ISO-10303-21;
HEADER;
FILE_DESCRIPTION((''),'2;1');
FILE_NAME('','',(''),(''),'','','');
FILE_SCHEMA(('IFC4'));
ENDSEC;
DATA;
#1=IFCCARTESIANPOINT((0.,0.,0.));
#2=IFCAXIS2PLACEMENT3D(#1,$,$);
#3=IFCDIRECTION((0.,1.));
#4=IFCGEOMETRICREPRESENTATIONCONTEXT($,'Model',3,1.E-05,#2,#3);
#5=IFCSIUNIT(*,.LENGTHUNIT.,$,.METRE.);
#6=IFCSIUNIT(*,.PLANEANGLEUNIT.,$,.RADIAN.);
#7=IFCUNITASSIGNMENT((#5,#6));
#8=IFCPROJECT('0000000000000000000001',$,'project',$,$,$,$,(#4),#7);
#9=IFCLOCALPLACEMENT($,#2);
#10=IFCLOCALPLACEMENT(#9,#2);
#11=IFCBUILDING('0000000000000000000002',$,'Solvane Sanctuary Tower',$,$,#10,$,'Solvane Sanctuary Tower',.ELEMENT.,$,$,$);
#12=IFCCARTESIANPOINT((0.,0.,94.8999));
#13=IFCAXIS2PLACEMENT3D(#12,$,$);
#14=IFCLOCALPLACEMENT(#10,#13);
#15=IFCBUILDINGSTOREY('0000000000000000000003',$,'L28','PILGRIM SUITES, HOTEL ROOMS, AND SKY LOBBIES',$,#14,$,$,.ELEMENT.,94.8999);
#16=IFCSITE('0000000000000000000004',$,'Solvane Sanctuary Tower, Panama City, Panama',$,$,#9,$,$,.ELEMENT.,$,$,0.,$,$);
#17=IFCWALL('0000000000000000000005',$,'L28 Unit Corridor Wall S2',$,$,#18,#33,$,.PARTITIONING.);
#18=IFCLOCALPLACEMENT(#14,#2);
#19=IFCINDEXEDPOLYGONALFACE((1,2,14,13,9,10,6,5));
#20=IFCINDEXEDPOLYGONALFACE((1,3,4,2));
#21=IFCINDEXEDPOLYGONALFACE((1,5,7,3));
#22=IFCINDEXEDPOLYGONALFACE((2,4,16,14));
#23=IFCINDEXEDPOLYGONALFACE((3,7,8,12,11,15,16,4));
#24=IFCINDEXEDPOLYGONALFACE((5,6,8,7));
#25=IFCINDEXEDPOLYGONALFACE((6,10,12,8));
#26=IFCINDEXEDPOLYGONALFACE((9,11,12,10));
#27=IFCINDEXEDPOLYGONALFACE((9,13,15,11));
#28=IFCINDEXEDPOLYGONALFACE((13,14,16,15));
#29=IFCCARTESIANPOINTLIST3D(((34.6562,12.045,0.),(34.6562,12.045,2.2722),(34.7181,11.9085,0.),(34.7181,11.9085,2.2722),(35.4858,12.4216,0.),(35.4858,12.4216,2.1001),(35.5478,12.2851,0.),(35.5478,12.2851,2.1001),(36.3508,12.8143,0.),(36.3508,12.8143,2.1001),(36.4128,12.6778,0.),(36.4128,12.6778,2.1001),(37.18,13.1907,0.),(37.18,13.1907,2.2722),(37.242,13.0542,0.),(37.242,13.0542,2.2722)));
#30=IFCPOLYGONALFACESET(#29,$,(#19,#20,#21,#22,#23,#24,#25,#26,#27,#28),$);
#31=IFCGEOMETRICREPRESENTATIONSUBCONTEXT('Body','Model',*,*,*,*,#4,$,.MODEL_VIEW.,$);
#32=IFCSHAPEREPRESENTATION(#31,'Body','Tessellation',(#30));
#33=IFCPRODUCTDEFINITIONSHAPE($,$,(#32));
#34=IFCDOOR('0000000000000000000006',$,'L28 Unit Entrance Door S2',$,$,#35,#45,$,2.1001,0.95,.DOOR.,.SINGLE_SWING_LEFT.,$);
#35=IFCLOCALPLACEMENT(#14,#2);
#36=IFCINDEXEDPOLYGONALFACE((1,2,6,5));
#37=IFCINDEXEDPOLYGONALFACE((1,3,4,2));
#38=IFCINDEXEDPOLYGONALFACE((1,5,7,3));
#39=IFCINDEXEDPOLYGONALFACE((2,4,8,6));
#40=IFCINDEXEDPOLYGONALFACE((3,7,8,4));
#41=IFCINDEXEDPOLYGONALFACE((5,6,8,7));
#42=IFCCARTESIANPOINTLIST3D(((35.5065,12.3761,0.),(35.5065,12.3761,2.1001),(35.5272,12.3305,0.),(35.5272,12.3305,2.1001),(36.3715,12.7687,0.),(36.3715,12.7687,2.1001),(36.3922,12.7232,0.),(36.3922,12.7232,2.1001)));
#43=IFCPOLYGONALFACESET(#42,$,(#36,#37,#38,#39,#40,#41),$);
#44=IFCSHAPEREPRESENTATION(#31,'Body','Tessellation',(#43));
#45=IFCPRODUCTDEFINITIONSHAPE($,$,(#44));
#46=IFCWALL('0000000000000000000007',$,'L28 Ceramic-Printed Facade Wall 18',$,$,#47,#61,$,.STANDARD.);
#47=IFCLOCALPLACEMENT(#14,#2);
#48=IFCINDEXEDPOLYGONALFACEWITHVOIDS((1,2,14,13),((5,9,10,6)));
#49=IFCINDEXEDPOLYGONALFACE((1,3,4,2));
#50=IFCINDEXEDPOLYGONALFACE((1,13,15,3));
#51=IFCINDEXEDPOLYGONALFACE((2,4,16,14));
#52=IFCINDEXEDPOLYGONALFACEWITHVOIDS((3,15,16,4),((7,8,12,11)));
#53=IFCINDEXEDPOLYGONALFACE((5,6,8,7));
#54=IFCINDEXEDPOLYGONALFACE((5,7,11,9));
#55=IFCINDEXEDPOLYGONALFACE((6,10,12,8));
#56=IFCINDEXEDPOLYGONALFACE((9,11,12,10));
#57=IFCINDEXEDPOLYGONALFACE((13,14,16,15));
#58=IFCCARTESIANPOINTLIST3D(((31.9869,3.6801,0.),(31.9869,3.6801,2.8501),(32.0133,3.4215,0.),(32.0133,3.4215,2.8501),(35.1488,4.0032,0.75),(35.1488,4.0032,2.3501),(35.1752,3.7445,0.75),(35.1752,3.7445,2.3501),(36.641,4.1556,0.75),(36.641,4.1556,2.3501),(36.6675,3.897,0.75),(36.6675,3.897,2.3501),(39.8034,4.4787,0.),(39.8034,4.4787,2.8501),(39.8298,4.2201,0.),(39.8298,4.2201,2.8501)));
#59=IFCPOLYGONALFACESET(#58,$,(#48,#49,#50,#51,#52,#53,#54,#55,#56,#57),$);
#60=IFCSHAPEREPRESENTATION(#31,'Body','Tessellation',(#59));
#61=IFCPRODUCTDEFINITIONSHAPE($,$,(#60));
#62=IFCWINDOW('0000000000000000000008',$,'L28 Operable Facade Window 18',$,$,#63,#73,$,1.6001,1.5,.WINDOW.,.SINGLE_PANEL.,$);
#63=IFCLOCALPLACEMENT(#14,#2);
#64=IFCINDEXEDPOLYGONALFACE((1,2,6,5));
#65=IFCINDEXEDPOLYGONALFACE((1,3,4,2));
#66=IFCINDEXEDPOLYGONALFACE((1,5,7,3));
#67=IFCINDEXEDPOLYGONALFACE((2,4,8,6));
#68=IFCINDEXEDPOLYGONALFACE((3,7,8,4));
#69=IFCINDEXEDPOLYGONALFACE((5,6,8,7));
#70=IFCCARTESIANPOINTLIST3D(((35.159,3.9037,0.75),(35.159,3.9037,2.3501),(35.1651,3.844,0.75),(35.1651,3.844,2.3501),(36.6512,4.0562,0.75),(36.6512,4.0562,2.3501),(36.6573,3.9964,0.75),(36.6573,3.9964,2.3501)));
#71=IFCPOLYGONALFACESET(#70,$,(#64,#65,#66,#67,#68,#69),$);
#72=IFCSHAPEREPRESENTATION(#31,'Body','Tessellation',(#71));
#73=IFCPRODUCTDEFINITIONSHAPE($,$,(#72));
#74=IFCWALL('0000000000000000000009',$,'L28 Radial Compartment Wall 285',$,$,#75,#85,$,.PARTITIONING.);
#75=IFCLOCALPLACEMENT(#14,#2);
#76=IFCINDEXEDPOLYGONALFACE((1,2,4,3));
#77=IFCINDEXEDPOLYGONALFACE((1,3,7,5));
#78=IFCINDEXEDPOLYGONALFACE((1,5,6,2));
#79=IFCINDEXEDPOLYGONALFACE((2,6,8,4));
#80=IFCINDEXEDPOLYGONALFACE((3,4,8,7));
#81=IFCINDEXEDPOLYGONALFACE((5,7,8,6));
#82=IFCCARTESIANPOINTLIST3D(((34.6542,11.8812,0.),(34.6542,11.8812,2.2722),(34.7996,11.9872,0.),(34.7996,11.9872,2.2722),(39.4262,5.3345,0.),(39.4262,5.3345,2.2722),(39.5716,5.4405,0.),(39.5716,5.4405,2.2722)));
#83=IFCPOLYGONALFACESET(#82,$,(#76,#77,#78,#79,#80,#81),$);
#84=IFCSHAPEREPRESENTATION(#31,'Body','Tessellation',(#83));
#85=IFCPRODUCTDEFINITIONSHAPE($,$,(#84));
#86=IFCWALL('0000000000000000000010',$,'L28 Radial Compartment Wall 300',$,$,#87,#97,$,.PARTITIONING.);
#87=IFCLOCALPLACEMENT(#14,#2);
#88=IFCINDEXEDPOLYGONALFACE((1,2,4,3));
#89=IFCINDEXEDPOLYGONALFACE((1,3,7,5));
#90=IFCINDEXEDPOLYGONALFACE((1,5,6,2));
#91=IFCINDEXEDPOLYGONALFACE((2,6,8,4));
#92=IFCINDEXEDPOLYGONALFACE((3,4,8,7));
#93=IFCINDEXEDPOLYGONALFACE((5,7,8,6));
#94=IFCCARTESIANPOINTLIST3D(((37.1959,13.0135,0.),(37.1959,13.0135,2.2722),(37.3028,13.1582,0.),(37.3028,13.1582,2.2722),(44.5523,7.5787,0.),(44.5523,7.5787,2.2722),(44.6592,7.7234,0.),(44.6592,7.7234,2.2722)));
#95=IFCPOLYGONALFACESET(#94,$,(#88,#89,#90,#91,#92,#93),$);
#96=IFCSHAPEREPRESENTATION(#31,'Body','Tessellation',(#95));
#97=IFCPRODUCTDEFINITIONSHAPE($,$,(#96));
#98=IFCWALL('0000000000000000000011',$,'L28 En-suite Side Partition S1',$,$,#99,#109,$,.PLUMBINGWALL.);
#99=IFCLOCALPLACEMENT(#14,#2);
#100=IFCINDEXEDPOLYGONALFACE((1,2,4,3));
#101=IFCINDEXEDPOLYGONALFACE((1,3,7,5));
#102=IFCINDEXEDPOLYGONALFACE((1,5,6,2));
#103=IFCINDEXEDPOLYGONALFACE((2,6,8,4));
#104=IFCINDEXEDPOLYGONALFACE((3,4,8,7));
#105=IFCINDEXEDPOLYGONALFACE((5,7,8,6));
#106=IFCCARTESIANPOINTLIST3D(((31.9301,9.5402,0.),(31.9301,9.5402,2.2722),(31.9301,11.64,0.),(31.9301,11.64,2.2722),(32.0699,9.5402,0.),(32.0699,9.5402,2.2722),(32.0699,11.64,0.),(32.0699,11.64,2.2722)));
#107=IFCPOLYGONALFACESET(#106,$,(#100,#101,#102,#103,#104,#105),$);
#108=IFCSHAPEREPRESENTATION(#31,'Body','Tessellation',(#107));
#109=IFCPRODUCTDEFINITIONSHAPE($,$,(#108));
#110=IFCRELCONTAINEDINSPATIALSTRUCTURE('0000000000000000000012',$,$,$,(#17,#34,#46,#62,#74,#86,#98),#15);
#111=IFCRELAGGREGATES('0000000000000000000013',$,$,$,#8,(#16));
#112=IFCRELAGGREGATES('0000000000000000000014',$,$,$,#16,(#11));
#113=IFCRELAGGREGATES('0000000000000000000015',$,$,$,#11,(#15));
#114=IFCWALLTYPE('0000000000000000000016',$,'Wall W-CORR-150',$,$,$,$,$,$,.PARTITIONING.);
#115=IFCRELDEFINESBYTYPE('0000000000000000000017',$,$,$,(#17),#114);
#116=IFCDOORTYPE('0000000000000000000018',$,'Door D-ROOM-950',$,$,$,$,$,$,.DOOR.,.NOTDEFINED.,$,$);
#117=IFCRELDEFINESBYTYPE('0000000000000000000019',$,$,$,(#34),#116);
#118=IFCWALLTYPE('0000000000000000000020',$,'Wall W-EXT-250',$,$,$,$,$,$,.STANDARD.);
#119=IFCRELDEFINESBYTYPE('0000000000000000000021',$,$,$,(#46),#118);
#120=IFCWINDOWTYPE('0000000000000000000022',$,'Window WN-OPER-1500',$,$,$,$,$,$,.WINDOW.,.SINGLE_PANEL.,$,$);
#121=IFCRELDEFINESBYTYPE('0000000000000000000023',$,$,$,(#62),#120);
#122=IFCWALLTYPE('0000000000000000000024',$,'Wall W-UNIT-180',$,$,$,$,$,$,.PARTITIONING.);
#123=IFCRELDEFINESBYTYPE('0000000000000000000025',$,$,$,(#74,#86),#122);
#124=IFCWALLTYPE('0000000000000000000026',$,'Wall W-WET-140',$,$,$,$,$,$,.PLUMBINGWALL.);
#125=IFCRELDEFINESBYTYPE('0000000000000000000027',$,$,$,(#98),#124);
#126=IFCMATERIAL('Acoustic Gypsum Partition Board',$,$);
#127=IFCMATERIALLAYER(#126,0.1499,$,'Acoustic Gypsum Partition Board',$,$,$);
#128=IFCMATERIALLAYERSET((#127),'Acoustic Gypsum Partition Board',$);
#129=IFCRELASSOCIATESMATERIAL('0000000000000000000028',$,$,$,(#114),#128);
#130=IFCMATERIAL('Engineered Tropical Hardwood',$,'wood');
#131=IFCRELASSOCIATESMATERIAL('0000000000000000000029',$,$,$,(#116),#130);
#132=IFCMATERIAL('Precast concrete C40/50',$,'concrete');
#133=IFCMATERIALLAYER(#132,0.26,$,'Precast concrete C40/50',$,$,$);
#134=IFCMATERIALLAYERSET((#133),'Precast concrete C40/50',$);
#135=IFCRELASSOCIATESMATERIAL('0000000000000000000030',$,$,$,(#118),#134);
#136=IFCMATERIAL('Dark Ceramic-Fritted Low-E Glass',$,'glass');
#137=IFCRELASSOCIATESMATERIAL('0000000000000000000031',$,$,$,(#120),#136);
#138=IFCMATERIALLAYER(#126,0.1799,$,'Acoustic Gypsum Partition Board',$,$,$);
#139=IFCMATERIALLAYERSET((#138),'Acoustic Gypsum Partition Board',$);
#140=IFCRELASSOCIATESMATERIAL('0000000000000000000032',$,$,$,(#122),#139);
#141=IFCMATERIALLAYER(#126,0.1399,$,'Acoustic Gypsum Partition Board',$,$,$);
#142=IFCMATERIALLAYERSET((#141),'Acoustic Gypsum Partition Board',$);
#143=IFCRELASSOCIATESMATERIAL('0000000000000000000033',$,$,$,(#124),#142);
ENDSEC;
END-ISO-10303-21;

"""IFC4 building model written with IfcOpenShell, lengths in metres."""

from ifc_helpers import new_model, si_unit, direction, frame, frame_2d, origin, place, context, subcontext, project, spatial, rectangle, extrude, material, layer, layer_set, type_object, element, fill, save


model = new_model("IFC4")

# Units and contexts
model_context = context("Model", 3, precision=1e-05, world=origin(), true_north=direction((0.0, 1.0)))
body_context = subcontext(model_context, "Body", "Model", "MODEL_VIEW")
ifc_project = project(units=[si_unit("LENGTHUNIT", "METRE"), si_unit("PLANEANGLEUNIT", "RADIAN")], contexts=[model_context])

# Site, building, storey
site_placement = place(None, origin())
site = spatial("IfcSite", under=ifc_project, at=site_placement, Name="Solvane Sanctuary Tower, Panama City, Panama", CompositionType="ELEMENT", RefElevation=0.0)
building_placement = place(site_placement, origin())
building = spatial("IfcBuilding", under=site, at=building_placement, Name="Solvane Sanctuary Tower", LongName="Solvane Sanctuary Tower", CompositionType="ELEMENT")
storey_placement = place(building_placement, frame((0.0, 0.0, 94.8999)))
storey = spatial("IfcBuildingStorey", under=building, at=storey_placement, Name="L28", Description="PILGRIM SUITES, HOTEL ROOMS, AND SKY LOBBIES", CompositionType="ELEMENT", Elevation=94.8999)

# Shared definitions
ifc_material_1 = material(Name="Acoustic Gypsum Partition Board")
ifc_layer_1 = layer(ifc_material_1, 0.1499, Name="Acoustic Gypsum Partition Board")
ifc_layer_set_1 = layer_set([ifc_layer_1], Name="Acoustic Gypsum Partition Board")
wall_type_1 = type_object("IfcWallType", Name="Wall W-CORR-150", PredefinedType="PARTITIONING", material=ifc_layer_set_1)

# Wall, opening, door
ifc_material_2 = material(Name="Engineered Tropical Hardwood", Category="wood")
wall_1_placement = place(storey_placement, frame((34.6873, 11.9768, 0.0), z_axis=(0.0, 0.0, 1.0), x_axis=(0.910568, 0.413358, 0.0)))
wall_1 = element("IfcWall", 1, at=wall_1_placement, inside=storey, type_object=wall_type_1, Name="L28 Unit Corridor Wall S2", PredefinedType="PARTITIONING", context=body_context, shape_type="SweptSolid", body=[
    extrude(rectangle(XDim=2.7717, YDim=0.1499, at=frame_2d((1.3857, 0.0))), origin(), (0.0, 0.0, 1.0), 2.2722),
])
opening_1_placement = place(wall_1_placement, frame((0.9109, 0.0, 0.0)))
opening_1 = element("IfcOpeningElement", 2, at=opening_1_placement, cuts=wall_1, PredefinedType="OPENING", context=body_context, shape_type="SweptSolid", body=[
    extrude(rectangle(XDim=0.95, YDim=2.1001, at=frame_2d((0.4751, 1.05))), frame((0.0, 0.085, 0.0), z_axis=(0.0, -1.0, 0.0), x_axis=(1.0, 0.0, 0.0)), (0.0, 0.0, 1.0), 0.1699),
])
door_type_1 = type_object("IfcDoorType", Name="Door D-ROOM-950", OperationType="NOTDEFINED", PredefinedType="DOOR", material=ifc_material_2)
door_1_placement = place(opening_1_placement, origin())
door_1 = element("IfcDoor", 3, at=door_1_placement, inside=storey, type_object=door_type_1, Name="L28 Unit Entrance Door S2", OperationType="SINGLE_SWING_LEFT", OverallHeight=2.1001, OverallWidth=0.95, PredefinedType="DOOR", context=body_context, shape_type="SweptSolid", body=[
    extrude(rectangle(XDim=0.95, YDim=2.1001, at=frame_2d((0.4751, 1.05))), frame((0.0, 0.0249, 0.0), z_axis=(0.0, -1.0, 0.0), x_axis=(1.0, 0.0, 0.0)), (0.0, 0.0, 1.0), 0.05),
])
fill(opening_1, door_1)

# Wall, opening, window
ifc_material_3 = material(Name="Precast concrete C40/50", Category="concrete")
ifc_layer_2 = layer(ifc_material_3, 0.26, Name="Precast concrete C40/50")
ifc_layer_set_2 = layer_set([ifc_layer_2], Name="Precast concrete C40/50")
wall_type_2 = type_object("IfcWallType", Name="Wall W-EXT-250", PredefinedType="STANDARD", material=ifc_layer_set_2)
wall_2_placement = place(storey_placement, frame((32.0, 3.5508, 0.0), z_axis=(0.0, 0.0, 1.0), x_axis=(0.994821, 0.101639, 0.0)))
wall_2 = element("IfcWall", 4, at=wall_2_placement, inside=storey, type_object=wall_type_2, Name="L28 Ceramic-Printed Facade Wall 18", PredefinedType="STANDARD", context=body_context, shape_type="SweptSolid", body=[
    extrude(rectangle(XDim=7.8572, YDim=0.26, at=frame_2d((3.9287, 0.0))), origin(), (0.0, 0.0, 1.0), 2.8501),
])
opening_2_placement = place(wall_2_placement, frame((3.1785, 0.0, 0.75)))
opening_2 = element("IfcOpeningElement", 5, at=opening_2_placement, cuts=wall_2, PredefinedType="OPENING", context=body_context, shape_type="SweptSolid", body=[
    extrude(rectangle(XDim=1.5, YDim=1.6001, at=frame_2d((0.75, 0.8))), frame((0.0, 0.1399, 0.0), z_axis=(0.0, -1.0, 0.0), x_axis=(1.0, 0.0, 0.0)), (0.0, 0.0, 1.0), 0.28),
])
ifc_material_4 = material(Name="Dark Ceramic-Fritted Low-E Glass", Category="glass")
window_type = type_object("IfcWindowType", Name="Window WN-OPER-1500", PartitioningType="SINGLE_PANEL", PredefinedType="WINDOW", material=ifc_material_4)
window_placement = place(opening_2_placement, origin())
window = element("IfcWindow", 6, at=window_placement, inside=storey, type_object=window_type, Name="L28 Operable Facade Window 18", OverallHeight=1.6001, OverallWidth=1.5, PartitioningType="SINGLE_PANEL", PredefinedType="WINDOW", context=body_context, shape_type="SweptSolid", body=[
    extrude(rectangle(XDim=1.5, YDim=1.6001, at=frame_2d((0.75, 0.8))), frame((0.0, 0.03, 0.0), z_axis=(0.0, -1.0, 0.0), x_axis=(1.0, 0.0, 0.0)), (0.0, 0.0, 1.0), 0.0601),
])
fill(opening_2, window)

# Walls
ifc_layer_3 = layer(ifc_material_1, 0.1799, Name="Acoustic Gypsum Partition Board")
ifc_layer_set_3 = layer_set([ifc_layer_3], Name="Acoustic Gypsum Partition Board")
wall_type_3 = type_object("IfcWallType", Name="Wall W-UNIT-180", PredefinedType="PARTITIONING", material=ifc_layer_set_3)
wall_3_placement = place(storey_placement, frame((34.7268, 11.9343, 0.0), z_axis=(0.0, 0.0, 1.0), x_axis=(0.589042, -0.808102, 0.0)))
element("IfcWall", 7, at=wall_3_placement, inside=storey, type_object=wall_type_3, Name="L28 Radial Compartment Wall 285", PredefinedType="PARTITIONING", context=body_context, shape_type="SweptSolid", body=[
    extrude(rectangle(XDim=8.1013, YDim=0.1799, at=frame_2d((4.0508, 0.0))), origin(), (0.0, 0.0, 1.0), 2.2722),
])
wall_4_placement = place(storey_placement, frame((37.2493, 13.0859, 0.0), z_axis=(0.0, 0.0, 1.0), x_axis=(0.80431, -0.59421, 0.0)))
element("IfcWall", 8, at=wall_4_placement, inside=storey, type_object=wall_type_3, Name="L28 Radial Compartment Wall 300", PredefinedType="PARTITIONING", context=body_context, shape_type="SweptSolid", body=[
    extrude(rectangle(XDim=9.1462, YDim=0.1799, at=frame_2d((4.5732, 0.0))), origin(), (0.0, 0.0, 1.0), 2.2722),
])
ifc_layer_4 = layer(ifc_material_1, 0.1399, Name="Acoustic Gypsum Partition Board")
ifc_layer_set_4 = layer_set([ifc_layer_4], Name="Acoustic Gypsum Partition Board")
wall_type_4 = type_object("IfcWallType", Name="Wall W-WET-140", PredefinedType="PLUMBINGWALL", material=ifc_layer_set_4)
wall_5_placement = place(storey_placement, frame((32.0, 11.6399, 0.0), z_axis=(0.0, 0.0, 1.0), x_axis=(0.0, -1.0, 0.0)))
element("IfcWall", 9, at=wall_5_placement, inside=storey, type_object=wall_type_4, Name="L28 En-suite Side Partition S1", PredefinedType="PLUMBINGWALL", context=body_context, shape_type="SweptSolid", body=[
    extrude(rectangle(XDim=2.0999, YDim=0.1399, at=frame_2d((1.0498, 0.0))), origin(), (0.0, 0.0, 1.0), 2.2722),
])

save(model, "model.ifc")
